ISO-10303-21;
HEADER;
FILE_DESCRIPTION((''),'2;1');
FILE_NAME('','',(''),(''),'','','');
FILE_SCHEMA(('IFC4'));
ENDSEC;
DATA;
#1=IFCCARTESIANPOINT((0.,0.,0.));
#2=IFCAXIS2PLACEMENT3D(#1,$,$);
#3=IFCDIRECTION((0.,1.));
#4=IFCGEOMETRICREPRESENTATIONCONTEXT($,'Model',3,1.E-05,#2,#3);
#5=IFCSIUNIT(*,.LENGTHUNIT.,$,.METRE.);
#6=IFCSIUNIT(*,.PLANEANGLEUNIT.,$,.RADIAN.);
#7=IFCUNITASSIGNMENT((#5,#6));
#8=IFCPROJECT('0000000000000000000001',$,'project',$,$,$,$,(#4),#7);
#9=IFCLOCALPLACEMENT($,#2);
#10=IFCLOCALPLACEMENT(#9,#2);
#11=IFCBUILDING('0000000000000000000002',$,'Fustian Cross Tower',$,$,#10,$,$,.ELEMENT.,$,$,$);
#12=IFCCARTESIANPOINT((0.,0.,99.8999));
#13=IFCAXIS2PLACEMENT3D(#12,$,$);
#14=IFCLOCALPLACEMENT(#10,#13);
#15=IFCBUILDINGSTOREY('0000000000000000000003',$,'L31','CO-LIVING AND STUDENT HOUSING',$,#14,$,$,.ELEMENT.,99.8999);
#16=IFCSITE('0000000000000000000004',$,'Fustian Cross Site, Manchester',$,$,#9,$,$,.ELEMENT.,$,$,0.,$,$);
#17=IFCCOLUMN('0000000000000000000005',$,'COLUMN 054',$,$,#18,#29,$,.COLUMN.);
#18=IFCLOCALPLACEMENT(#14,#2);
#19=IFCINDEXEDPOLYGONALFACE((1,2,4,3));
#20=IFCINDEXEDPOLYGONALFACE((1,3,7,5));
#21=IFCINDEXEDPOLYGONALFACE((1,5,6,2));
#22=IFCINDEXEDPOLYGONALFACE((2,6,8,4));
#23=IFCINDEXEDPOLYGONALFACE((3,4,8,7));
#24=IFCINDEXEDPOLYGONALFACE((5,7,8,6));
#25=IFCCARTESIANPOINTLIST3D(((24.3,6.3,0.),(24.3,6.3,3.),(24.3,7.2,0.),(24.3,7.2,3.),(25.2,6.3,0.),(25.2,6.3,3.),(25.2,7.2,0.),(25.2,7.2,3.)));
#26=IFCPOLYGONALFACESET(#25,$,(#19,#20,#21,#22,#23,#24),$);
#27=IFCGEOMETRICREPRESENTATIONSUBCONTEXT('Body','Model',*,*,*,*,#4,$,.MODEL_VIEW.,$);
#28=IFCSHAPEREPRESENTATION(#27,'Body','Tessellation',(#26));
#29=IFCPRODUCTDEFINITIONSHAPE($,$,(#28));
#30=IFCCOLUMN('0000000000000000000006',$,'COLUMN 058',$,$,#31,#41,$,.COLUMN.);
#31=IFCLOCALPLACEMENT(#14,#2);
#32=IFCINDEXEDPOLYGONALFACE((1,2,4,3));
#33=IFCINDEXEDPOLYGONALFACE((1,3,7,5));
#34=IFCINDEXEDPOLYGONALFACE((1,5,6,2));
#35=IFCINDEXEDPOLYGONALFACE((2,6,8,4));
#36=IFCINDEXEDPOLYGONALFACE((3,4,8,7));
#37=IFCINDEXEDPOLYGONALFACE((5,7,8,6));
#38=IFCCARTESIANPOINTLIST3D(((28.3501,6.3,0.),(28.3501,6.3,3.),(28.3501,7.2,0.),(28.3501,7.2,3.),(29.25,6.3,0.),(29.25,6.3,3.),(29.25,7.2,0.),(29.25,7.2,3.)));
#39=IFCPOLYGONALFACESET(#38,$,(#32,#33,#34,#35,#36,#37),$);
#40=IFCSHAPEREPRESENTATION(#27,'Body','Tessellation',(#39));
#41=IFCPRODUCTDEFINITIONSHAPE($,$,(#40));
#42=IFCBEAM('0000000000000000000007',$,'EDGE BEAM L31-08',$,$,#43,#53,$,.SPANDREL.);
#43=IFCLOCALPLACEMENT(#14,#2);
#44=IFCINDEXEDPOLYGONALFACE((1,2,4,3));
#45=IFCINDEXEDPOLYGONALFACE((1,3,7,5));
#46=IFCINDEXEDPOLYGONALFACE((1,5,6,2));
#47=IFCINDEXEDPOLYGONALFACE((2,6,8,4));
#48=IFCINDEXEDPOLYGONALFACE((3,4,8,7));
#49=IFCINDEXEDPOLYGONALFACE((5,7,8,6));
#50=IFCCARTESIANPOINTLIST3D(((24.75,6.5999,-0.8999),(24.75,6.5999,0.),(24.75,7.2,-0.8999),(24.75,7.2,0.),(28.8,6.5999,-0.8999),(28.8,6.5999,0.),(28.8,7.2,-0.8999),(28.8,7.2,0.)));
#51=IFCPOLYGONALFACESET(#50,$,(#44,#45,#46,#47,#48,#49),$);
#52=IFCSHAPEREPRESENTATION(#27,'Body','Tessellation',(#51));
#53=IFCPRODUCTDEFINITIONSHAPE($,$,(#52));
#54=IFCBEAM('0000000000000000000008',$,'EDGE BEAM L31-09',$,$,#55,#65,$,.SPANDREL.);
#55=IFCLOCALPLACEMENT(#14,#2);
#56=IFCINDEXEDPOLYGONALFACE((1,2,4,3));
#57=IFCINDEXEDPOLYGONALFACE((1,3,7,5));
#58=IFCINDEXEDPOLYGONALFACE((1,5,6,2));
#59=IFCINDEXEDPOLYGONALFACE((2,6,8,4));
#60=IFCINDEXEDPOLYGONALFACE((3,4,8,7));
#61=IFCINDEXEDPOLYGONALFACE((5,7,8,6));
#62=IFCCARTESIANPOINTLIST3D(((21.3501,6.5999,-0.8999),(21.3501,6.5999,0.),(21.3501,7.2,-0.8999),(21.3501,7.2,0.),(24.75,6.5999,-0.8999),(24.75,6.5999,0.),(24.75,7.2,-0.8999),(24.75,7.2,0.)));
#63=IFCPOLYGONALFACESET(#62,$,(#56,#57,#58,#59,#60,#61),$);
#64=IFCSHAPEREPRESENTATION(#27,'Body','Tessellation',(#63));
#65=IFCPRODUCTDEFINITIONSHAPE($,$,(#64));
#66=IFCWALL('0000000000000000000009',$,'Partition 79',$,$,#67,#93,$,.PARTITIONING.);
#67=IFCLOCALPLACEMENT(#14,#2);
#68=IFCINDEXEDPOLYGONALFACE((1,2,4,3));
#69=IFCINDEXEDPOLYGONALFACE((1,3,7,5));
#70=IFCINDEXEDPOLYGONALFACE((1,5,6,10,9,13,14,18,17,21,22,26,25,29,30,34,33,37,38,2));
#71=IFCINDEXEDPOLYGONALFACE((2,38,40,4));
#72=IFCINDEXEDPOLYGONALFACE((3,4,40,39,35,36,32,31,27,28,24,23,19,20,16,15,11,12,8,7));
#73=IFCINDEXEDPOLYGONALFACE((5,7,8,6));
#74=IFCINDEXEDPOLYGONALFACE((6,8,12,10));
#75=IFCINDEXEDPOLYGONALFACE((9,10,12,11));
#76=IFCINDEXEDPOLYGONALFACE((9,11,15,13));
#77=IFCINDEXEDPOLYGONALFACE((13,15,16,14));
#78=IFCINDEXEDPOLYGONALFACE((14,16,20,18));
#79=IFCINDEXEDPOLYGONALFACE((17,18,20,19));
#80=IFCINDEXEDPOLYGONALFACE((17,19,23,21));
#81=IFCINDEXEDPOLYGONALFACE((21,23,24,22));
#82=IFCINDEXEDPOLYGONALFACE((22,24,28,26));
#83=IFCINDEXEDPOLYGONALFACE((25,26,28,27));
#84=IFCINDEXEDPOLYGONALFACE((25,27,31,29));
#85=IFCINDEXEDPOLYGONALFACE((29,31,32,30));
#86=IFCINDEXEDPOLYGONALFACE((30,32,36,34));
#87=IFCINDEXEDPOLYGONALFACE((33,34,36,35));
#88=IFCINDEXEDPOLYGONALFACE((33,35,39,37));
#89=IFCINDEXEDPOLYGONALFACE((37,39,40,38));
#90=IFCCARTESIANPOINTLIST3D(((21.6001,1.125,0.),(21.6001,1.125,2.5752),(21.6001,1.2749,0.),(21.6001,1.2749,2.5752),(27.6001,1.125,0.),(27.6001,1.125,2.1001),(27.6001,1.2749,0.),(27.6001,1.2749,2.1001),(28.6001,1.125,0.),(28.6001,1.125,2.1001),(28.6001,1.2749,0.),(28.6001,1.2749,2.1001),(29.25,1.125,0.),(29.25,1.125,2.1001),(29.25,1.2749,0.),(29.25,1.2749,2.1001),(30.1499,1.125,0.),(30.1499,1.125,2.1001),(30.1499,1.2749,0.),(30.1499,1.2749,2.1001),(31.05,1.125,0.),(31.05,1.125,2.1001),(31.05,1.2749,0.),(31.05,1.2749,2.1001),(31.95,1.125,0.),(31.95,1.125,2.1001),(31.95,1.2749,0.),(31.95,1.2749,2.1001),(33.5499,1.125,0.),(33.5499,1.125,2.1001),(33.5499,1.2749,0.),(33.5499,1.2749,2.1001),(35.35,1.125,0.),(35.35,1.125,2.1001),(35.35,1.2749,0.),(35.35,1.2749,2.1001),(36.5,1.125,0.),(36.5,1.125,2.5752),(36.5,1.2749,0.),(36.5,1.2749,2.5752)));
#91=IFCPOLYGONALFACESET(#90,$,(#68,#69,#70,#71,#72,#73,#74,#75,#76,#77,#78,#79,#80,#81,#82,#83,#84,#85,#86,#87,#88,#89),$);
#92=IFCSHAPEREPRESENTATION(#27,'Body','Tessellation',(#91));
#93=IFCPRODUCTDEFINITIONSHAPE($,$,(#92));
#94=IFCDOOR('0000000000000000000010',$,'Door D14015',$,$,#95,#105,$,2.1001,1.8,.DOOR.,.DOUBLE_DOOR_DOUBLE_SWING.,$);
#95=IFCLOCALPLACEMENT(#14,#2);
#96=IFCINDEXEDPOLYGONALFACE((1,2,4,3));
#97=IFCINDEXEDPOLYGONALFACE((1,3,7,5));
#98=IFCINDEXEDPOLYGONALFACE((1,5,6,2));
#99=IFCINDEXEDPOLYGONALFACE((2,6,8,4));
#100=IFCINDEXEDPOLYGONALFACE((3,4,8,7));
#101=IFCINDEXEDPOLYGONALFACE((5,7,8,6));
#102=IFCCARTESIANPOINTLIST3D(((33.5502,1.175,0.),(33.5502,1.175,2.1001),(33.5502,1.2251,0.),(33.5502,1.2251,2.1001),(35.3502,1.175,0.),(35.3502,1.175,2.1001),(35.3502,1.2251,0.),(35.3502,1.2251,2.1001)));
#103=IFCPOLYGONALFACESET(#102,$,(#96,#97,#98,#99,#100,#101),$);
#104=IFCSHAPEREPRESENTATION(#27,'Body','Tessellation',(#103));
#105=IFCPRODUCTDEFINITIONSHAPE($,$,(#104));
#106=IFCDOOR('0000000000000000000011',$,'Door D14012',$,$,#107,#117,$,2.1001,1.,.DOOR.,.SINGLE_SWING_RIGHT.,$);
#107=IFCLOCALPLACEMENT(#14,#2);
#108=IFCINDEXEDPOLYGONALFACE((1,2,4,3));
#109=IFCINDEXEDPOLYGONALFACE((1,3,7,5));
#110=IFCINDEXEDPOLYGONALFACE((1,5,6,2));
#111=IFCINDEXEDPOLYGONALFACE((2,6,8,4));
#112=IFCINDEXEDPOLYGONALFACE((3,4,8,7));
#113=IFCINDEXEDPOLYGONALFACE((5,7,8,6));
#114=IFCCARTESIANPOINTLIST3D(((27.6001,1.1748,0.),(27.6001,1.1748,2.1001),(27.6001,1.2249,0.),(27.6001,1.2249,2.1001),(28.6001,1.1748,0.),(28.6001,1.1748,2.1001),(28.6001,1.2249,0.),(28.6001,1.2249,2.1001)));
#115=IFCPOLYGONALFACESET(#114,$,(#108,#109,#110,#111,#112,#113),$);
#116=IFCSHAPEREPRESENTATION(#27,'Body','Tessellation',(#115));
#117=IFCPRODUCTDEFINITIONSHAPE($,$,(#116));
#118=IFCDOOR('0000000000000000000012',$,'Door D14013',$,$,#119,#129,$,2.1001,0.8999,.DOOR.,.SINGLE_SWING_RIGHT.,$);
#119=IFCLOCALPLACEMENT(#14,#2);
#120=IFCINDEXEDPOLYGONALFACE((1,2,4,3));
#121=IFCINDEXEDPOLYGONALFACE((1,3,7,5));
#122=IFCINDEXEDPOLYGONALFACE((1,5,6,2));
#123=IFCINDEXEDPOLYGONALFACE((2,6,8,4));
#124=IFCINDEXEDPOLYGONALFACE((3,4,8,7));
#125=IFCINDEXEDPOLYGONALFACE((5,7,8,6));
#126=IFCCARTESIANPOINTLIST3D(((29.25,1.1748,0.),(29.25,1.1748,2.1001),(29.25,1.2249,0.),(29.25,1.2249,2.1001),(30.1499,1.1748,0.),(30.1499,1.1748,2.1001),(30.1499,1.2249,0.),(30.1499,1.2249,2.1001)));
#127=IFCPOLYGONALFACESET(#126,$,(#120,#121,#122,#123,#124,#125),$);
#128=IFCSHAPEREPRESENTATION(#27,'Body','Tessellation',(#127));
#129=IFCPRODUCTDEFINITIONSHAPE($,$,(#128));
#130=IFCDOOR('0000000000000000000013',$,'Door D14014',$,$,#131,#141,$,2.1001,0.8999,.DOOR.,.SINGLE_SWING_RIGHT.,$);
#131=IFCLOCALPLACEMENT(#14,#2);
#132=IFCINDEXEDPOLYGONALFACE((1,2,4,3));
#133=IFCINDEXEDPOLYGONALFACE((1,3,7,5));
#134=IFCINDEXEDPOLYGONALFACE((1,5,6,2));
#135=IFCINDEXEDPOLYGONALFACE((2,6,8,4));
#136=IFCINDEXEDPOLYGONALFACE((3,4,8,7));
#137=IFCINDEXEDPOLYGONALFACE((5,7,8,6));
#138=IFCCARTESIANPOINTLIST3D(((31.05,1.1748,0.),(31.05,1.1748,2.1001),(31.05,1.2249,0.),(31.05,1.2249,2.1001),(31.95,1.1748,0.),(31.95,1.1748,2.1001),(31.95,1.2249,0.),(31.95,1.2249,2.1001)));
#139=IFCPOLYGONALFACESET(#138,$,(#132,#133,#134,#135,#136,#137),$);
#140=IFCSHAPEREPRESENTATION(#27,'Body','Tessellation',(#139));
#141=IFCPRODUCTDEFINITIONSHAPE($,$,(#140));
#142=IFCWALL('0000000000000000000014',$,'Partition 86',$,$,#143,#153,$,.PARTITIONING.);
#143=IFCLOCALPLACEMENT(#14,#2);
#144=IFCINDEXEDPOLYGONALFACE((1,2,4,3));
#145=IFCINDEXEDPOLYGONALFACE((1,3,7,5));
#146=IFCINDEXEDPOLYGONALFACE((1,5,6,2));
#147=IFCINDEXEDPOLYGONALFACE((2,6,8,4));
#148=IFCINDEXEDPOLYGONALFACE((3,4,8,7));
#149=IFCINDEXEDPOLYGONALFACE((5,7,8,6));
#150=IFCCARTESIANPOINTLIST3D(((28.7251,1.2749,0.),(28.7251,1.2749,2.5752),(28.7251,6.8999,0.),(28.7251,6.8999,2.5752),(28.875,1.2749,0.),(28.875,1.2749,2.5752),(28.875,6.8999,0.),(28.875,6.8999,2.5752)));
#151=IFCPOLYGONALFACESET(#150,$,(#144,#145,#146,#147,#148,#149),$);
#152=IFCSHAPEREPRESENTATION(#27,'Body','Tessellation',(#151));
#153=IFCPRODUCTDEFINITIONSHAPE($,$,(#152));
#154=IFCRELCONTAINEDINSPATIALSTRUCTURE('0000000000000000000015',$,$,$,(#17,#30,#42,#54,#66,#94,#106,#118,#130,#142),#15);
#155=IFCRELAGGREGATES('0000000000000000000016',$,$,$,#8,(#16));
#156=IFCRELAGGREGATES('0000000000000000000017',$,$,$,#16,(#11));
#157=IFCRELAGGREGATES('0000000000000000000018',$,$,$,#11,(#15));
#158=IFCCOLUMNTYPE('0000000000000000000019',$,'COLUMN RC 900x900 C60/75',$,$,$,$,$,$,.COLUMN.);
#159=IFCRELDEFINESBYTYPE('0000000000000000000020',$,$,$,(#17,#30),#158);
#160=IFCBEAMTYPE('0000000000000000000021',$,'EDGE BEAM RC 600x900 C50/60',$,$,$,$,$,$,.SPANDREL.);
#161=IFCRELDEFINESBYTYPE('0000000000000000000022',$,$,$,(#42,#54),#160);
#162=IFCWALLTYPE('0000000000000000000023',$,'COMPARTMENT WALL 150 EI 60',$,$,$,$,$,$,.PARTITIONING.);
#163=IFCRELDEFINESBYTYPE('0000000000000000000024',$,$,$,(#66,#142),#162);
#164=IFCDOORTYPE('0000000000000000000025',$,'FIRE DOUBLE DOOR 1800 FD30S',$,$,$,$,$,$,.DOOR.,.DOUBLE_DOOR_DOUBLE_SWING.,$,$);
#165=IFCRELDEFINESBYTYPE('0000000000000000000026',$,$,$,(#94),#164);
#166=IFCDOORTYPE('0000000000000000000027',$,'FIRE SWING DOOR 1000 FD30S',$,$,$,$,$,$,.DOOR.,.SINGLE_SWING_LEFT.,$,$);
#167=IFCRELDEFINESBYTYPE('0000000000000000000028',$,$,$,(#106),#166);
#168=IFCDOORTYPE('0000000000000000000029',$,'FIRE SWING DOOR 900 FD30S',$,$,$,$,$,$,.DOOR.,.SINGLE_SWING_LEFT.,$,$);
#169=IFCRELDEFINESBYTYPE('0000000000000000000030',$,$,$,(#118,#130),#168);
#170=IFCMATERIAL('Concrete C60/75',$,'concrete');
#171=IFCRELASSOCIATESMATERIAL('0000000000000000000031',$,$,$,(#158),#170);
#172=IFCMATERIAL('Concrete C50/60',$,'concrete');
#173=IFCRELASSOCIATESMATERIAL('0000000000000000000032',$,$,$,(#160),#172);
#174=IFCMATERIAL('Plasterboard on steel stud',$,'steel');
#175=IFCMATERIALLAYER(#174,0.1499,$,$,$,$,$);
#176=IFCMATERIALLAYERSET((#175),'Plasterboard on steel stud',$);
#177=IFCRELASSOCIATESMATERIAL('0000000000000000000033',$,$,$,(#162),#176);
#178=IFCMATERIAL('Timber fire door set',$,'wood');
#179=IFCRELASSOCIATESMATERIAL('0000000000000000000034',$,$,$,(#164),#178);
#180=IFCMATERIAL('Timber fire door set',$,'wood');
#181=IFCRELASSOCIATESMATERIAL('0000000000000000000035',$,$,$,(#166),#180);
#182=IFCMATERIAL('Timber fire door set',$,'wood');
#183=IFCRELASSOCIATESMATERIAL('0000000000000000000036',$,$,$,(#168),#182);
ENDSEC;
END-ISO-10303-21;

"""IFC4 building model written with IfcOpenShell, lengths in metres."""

from ifc_helpers import new_model, si_unit, direction, frame, frame_2d, origin, origin_2d, place, context, subcontext, project, spatial, rectangle, extrude, material, layer, layer_set, material_profile, profile_set, type_object, element, fill, save


model = new_model("IFC4")

# Units and contexts
model_context = context("Model", 3, precision=1e-05, world=origin(), true_north=direction((0.0, 1.0)))
body_context = subcontext(model_context, "Body", "Model", "MODEL_VIEW")
ifc_project = project(units=[si_unit("LENGTHUNIT", "METRE"), si_unit("PLANEANGLEUNIT", "RADIAN")], contexts=[model_context])

# Site, building, storey
site_placement = place(None, origin())
site = spatial("IfcSite", under=ifc_project, at=site_placement, Name="Fustian Cross Site, Manchester", CompositionType="ELEMENT", RefElevation=0.0)
building_placement = place(site_placement, origin())
building = spatial("IfcBuilding", under=site, at=building_placement, Name="Fustian Cross Tower", CompositionType="ELEMENT")
storey_placement = place(building_placement, frame((0.0, 0.0, 99.8999)))
storey = spatial("IfcBuildingStorey", under=building, at=storey_placement, Name="L31", Description="CO-LIVING AND STUDENT HOUSING", CompositionType="ELEMENT", Elevation=99.8999)

# Columns
ifc_material_1 = material(Name="Concrete C60/75", Category="concrete")
ifc_material_profile_1 = material_profile(ifc_material_1, rectangle(XDim=0.8999, YDim=0.8999, at=origin_2d()), Name="RC 900x900")
ifc_profile_set_1 = profile_set([ifc_material_profile_1], Name="Concrete C60/75")
column_type = type_object("IfcColumnType", Name="COLUMN RC 900x900 C60/75", PredefinedType="COLUMN", material=ifc_profile_set_1)
for number, where, z_axis, x_axis, name in (
    (1, (24.75, 6.75, 0.0), (0.0, 0.0, 1.0), (1.0, 0.0, 0.0), "COLUMN 054"),
    (2, (28.8, 6.75, 0.0), (0.0, 0.0, 1.0), (1.0, 0.0, 0.0), "COLUMN 058"),
):
    element("IfcColumn", number, at=place(storey_placement, frame(where, z_axis=z_axis, x_axis=x_axis)), inside=storey, type_object=column_type, Name=name, PredefinedType="COLUMN", context=body_context, shape_type="SweptSolid", body=[
        extrude(rectangle(XDim=0.8999, YDim=0.8999, at=origin_2d()), origin(), (0.0, 0.0, 1.0), 3.0),
    ])

# Beams
ifc_material_2 = material(Name="Concrete C50/60", Category="concrete")
ifc_material_profile_2 = material_profile(ifc_material_2, rectangle(XDim=0.6001, YDim=0.8999, at=origin_2d()), Name="RC 600x900")
ifc_profile_set_2 = profile_set([ifc_material_profile_2], Name="Concrete C50/60")
beam_type = type_object("IfcBeamType", Name="EDGE BEAM RC 600x900 C50/60", PredefinedType="SPANDREL", material=ifc_profile_set_2)
beam_1_placement = place(storey_placement, frame((28.8, 6.8999, -0.45), z_axis=(-1.0, 0.0, 0.0), x_axis=(0.0, -1.0, 0.0)))
element("IfcBeam", 3, at=beam_1_placement, inside=storey, type_object=beam_type, Name="EDGE BEAM L31-08", PredefinedType="SPANDREL", context=body_context, shape_type="SweptSolid", body=[
    extrude(rectangle(XDim=0.6001, YDim=0.8999, at=origin_2d()), origin(), (0.0, 0.0, 1.0), 4.05),
])
beam_2_placement = place(storey_placement, frame((24.75, 6.8999, -0.45), z_axis=(-1.0, 0.0, 0.0), x_axis=(0.0, -1.0, 0.0)))
element("IfcBeam", 4, at=beam_2_placement, inside=storey, type_object=beam_type, Name="EDGE BEAM L31-09", PredefinedType="SPANDREL", context=body_context, shape_type="SweptSolid", body=[
    extrude(rectangle(XDim=0.6001, YDim=0.8999, at=origin_2d()), origin(), (0.0, 0.0, 1.0), 3.3999),
])

# Wall, openings, doors
ifc_material_3 = material(Name="Plasterboard on steel stud", Category="steel")
ifc_layer_1 = layer(ifc_material_3, 0.1499)
ifc_layer_set_1 = layer_set([ifc_layer_1], Name="Plasterboard on steel stud")
wall_type_1 = type_object("IfcWallType", Name="COMPARTMENT WALL 150 EI 60", PredefinedType="PARTITIONING", material=ifc_layer_set_1)
wall_1_placement = place(storey_placement, frame((21.6001, 1.2, 0.0), z_axis=(0.0, 0.0, 1.0), x_axis=(1.0, 0.0, 0.0)))
wall_1 = element("IfcWall", 5, at=wall_1_placement, inside=storey, type_object=wall_type_1, Name="Partition 79", PredefinedType="PARTITIONING", context=body_context, shape_type="SweptSolid", body=[
    extrude(rectangle(XDim=14.8999, YDim=0.1499, at=frame_2d((7.45, 0.0))), origin(), (0.0, 0.0, 1.0), 2.5752),
])
opening_1_placement = place(wall_1_placement, frame((6.0, 0.0, 0.0)))
opening_1 = element("IfcOpeningElement", 6, at=opening_1_placement, cuts=wall_1, PredefinedType="OPENING", context=body_context, shape_type="SweptSolid", body=[
    extrude(rectangle(XDim=1.0, YDim=2.1001, at=frame_2d((0.5, 1.05))), frame((0.0, 0.085, 0.0), z_axis=(0.0, -1.0, 0.0), x_axis=(1.0, 0.0, 0.0)), (0.0, 0.0, 1.0), 0.1699),
])
opening_2_placement = place(wall_1_placement, frame((7.6499, 0.0, 0.0)))
opening_2 = element("IfcOpeningElement", 7, at=opening_2_placement, cuts=wall_1, PredefinedType="OPENING", context=body_context, shape_type="SweptSolid", body=[
    extrude(rectangle(XDim=0.8999, YDim=2.1001, at=frame_2d((0.45, 1.05))), frame((0.0, 0.085, 0.0), z_axis=(0.0, -1.0, 0.0), x_axis=(1.0, 0.0, 0.0)), (0.0, 0.0, 1.0), 0.1699),
])
opening_3_placement = place(wall_1_placement, frame((9.45, 0.0, 0.0)))
opening_3 = element("IfcOpeningElement", 8, at=opening_3_placement, cuts=wall_1, PredefinedType="OPENING", context=body_context, shape_type="SweptSolid", body=[
    extrude(rectangle(XDim=0.8999, YDim=2.1001, at=frame_2d((0.45, 1.05))), frame((0.0, 0.085, 0.0), z_axis=(0.0, -1.0, 0.0), x_axis=(1.0, 0.0, 0.0)), (0.0, 0.0, 1.0), 0.1699),
])
opening_4_placement = place(wall_1_placement, frame((11.95, 0.0, 0.0)))
opening_4 = element("IfcOpeningElement", 9, at=opening_4_placement, cuts=wall_1, PredefinedType="OPENING", context=body_context, shape_type="SweptSolid", body=[
    extrude(rectangle(XDim=1.8, YDim=2.1001, at=frame_2d((0.8999, 1.05))), frame((0.0, 0.085, 0.0), z_axis=(0.0, -1.0, 0.0), x_axis=(1.0, 0.0, 0.0)), (0.0, 0.0, 1.0), 0.1699),
])
ifc_material_4 = material(Name="Timber fire door set", Category="wood")
door_type_1 = type_object("IfcDoorType", Name="FIRE DOUBLE DOOR 1800 FD30S", OperationType="DOUBLE_DOOR_DOUBLE_SWING", PredefinedType="DOOR", material=ifc_material_4)
door_1_placement = place(opening_4_placement, frame((1.8, 0.0, 0.0), z_axis=(0.0, 0.0, 1.0), x_axis=(-1.0, 0.0, 0.0)))
door_1 = element("IfcDoor", 10, at=door_1_placement, inside=storey, type_object=door_type_1, Name="Door D14015", OperationType="DOUBLE_DOOR_DOUBLE_SWING", OverallHeight=2.1001, OverallWidth=1.8, PredefinedType="DOOR", context=body_context, shape_type="SweptSolid", body=[
    extrude(rectangle(XDim=1.8, YDim=2.1001, at=frame_2d((0.8999, 1.05))), frame((0.0, 0.0249, 0.0), z_axis=(0.0, -1.0, 0.0), x_axis=(1.0, 0.0, 0.0)), (0.0, 0.0, 1.0), 0.05),
])
fill(opening_4, door_1)
ifc_material_5 = material(Name="Timber fire door set", Category="wood")
door_type_2 = type_object("IfcDoorType", Name="FIRE SWING DOOR 1000 FD30S", OperationType="SINGLE_SWING_LEFT", PredefinedType="DOOR", material=ifc_material_5)
door_2_placement = place(opening_1_placement, origin())
door_2 = element("IfcDoor", 11, at=door_2_placement, inside=storey, type_object=door_type_2, Name="Door D14012", OperationType="SINGLE_SWING_RIGHT", OverallHeight=2.1001, OverallWidth=1.0, PredefinedType="DOOR", context=body_context, shape_type="SweptSolid", body=[
    extrude(rectangle(XDim=1.0, YDim=2.1001, at=frame_2d((0.5, 1.05))), frame((0.0, 0.0249, 0.0), z_axis=(0.0, -1.0, 0.0), x_axis=(1.0, 0.0, 0.0)), (0.0, 0.0, 1.0), 0.05),
])
fill(opening_1, door_2)
ifc_material_6 = material(Name="Timber fire door set", Category="wood")
door_type_3 = type_object("IfcDoorType", Name="FIRE SWING DOOR 900 FD30S", OperationType="SINGLE_SWING_LEFT", PredefinedType="DOOR", material=ifc_material_6)
door_3_placement = place(opening_2_placement, origin())
door_3 = element("IfcDoor", 12, at=door_3_placement, inside=storey, type_object=door_type_3, Name="Door D14013", OperationType="SINGLE_SWING_RIGHT", OverallHeight=2.1001, OverallWidth=0.8999, PredefinedType="DOOR", context=body_context, shape_type="SweptSolid", body=[
    extrude(rectangle(XDim=0.8999, YDim=2.1001, at=frame_2d((0.45, 1.05))), frame((0.0, 0.0249, 0.0), z_axis=(0.0, -1.0, 0.0), x_axis=(1.0, 0.0, 0.0)), (0.0, 0.0, 1.0), 0.05),
])
fill(opening_2, door_3)
door_4_placement = place(opening_3_placement, origin())
door_4 = element("IfcDoor", 13, at=door_4_placement, inside=storey, type_object=door_type_3, Name="Door D14014", OperationType="SINGLE_SWING_RIGHT", OverallHeight=2.1001, OverallWidth=0.8999, PredefinedType="DOOR", context=body_context, shape_type="SweptSolid", body=[
    extrude(rectangle(XDim=0.8999, YDim=2.1001, at=frame_2d((0.45, 1.05))), frame((0.0, 0.0249, 0.0), z_axis=(0.0, -1.0, 0.0), x_axis=(1.0, 0.0, 0.0)), (0.0, 0.0, 1.0), 0.05),
])
fill(opening_3, door_4)

# Wall
wall_2_placement = place(storey_placement, frame((28.8, 1.2749, 0.0), z_axis=(0.0, 0.0, 1.0), x_axis=(0.0, 1.0, 0.0)))
element("IfcWall", 14, at=wall_2_placement, inside=storey, type_object=wall_type_1, Name="Partition 86", PredefinedType="PARTITIONING", context=body_context, shape_type="SweptSolid", body=[
    extrude(rectangle(XDim=5.625, YDim=0.1499, at=frame_2d((2.8125, 0.0))), origin(), (0.0, 0.0, 1.0), 2.5752),
])

save(model, "model.ifc")
